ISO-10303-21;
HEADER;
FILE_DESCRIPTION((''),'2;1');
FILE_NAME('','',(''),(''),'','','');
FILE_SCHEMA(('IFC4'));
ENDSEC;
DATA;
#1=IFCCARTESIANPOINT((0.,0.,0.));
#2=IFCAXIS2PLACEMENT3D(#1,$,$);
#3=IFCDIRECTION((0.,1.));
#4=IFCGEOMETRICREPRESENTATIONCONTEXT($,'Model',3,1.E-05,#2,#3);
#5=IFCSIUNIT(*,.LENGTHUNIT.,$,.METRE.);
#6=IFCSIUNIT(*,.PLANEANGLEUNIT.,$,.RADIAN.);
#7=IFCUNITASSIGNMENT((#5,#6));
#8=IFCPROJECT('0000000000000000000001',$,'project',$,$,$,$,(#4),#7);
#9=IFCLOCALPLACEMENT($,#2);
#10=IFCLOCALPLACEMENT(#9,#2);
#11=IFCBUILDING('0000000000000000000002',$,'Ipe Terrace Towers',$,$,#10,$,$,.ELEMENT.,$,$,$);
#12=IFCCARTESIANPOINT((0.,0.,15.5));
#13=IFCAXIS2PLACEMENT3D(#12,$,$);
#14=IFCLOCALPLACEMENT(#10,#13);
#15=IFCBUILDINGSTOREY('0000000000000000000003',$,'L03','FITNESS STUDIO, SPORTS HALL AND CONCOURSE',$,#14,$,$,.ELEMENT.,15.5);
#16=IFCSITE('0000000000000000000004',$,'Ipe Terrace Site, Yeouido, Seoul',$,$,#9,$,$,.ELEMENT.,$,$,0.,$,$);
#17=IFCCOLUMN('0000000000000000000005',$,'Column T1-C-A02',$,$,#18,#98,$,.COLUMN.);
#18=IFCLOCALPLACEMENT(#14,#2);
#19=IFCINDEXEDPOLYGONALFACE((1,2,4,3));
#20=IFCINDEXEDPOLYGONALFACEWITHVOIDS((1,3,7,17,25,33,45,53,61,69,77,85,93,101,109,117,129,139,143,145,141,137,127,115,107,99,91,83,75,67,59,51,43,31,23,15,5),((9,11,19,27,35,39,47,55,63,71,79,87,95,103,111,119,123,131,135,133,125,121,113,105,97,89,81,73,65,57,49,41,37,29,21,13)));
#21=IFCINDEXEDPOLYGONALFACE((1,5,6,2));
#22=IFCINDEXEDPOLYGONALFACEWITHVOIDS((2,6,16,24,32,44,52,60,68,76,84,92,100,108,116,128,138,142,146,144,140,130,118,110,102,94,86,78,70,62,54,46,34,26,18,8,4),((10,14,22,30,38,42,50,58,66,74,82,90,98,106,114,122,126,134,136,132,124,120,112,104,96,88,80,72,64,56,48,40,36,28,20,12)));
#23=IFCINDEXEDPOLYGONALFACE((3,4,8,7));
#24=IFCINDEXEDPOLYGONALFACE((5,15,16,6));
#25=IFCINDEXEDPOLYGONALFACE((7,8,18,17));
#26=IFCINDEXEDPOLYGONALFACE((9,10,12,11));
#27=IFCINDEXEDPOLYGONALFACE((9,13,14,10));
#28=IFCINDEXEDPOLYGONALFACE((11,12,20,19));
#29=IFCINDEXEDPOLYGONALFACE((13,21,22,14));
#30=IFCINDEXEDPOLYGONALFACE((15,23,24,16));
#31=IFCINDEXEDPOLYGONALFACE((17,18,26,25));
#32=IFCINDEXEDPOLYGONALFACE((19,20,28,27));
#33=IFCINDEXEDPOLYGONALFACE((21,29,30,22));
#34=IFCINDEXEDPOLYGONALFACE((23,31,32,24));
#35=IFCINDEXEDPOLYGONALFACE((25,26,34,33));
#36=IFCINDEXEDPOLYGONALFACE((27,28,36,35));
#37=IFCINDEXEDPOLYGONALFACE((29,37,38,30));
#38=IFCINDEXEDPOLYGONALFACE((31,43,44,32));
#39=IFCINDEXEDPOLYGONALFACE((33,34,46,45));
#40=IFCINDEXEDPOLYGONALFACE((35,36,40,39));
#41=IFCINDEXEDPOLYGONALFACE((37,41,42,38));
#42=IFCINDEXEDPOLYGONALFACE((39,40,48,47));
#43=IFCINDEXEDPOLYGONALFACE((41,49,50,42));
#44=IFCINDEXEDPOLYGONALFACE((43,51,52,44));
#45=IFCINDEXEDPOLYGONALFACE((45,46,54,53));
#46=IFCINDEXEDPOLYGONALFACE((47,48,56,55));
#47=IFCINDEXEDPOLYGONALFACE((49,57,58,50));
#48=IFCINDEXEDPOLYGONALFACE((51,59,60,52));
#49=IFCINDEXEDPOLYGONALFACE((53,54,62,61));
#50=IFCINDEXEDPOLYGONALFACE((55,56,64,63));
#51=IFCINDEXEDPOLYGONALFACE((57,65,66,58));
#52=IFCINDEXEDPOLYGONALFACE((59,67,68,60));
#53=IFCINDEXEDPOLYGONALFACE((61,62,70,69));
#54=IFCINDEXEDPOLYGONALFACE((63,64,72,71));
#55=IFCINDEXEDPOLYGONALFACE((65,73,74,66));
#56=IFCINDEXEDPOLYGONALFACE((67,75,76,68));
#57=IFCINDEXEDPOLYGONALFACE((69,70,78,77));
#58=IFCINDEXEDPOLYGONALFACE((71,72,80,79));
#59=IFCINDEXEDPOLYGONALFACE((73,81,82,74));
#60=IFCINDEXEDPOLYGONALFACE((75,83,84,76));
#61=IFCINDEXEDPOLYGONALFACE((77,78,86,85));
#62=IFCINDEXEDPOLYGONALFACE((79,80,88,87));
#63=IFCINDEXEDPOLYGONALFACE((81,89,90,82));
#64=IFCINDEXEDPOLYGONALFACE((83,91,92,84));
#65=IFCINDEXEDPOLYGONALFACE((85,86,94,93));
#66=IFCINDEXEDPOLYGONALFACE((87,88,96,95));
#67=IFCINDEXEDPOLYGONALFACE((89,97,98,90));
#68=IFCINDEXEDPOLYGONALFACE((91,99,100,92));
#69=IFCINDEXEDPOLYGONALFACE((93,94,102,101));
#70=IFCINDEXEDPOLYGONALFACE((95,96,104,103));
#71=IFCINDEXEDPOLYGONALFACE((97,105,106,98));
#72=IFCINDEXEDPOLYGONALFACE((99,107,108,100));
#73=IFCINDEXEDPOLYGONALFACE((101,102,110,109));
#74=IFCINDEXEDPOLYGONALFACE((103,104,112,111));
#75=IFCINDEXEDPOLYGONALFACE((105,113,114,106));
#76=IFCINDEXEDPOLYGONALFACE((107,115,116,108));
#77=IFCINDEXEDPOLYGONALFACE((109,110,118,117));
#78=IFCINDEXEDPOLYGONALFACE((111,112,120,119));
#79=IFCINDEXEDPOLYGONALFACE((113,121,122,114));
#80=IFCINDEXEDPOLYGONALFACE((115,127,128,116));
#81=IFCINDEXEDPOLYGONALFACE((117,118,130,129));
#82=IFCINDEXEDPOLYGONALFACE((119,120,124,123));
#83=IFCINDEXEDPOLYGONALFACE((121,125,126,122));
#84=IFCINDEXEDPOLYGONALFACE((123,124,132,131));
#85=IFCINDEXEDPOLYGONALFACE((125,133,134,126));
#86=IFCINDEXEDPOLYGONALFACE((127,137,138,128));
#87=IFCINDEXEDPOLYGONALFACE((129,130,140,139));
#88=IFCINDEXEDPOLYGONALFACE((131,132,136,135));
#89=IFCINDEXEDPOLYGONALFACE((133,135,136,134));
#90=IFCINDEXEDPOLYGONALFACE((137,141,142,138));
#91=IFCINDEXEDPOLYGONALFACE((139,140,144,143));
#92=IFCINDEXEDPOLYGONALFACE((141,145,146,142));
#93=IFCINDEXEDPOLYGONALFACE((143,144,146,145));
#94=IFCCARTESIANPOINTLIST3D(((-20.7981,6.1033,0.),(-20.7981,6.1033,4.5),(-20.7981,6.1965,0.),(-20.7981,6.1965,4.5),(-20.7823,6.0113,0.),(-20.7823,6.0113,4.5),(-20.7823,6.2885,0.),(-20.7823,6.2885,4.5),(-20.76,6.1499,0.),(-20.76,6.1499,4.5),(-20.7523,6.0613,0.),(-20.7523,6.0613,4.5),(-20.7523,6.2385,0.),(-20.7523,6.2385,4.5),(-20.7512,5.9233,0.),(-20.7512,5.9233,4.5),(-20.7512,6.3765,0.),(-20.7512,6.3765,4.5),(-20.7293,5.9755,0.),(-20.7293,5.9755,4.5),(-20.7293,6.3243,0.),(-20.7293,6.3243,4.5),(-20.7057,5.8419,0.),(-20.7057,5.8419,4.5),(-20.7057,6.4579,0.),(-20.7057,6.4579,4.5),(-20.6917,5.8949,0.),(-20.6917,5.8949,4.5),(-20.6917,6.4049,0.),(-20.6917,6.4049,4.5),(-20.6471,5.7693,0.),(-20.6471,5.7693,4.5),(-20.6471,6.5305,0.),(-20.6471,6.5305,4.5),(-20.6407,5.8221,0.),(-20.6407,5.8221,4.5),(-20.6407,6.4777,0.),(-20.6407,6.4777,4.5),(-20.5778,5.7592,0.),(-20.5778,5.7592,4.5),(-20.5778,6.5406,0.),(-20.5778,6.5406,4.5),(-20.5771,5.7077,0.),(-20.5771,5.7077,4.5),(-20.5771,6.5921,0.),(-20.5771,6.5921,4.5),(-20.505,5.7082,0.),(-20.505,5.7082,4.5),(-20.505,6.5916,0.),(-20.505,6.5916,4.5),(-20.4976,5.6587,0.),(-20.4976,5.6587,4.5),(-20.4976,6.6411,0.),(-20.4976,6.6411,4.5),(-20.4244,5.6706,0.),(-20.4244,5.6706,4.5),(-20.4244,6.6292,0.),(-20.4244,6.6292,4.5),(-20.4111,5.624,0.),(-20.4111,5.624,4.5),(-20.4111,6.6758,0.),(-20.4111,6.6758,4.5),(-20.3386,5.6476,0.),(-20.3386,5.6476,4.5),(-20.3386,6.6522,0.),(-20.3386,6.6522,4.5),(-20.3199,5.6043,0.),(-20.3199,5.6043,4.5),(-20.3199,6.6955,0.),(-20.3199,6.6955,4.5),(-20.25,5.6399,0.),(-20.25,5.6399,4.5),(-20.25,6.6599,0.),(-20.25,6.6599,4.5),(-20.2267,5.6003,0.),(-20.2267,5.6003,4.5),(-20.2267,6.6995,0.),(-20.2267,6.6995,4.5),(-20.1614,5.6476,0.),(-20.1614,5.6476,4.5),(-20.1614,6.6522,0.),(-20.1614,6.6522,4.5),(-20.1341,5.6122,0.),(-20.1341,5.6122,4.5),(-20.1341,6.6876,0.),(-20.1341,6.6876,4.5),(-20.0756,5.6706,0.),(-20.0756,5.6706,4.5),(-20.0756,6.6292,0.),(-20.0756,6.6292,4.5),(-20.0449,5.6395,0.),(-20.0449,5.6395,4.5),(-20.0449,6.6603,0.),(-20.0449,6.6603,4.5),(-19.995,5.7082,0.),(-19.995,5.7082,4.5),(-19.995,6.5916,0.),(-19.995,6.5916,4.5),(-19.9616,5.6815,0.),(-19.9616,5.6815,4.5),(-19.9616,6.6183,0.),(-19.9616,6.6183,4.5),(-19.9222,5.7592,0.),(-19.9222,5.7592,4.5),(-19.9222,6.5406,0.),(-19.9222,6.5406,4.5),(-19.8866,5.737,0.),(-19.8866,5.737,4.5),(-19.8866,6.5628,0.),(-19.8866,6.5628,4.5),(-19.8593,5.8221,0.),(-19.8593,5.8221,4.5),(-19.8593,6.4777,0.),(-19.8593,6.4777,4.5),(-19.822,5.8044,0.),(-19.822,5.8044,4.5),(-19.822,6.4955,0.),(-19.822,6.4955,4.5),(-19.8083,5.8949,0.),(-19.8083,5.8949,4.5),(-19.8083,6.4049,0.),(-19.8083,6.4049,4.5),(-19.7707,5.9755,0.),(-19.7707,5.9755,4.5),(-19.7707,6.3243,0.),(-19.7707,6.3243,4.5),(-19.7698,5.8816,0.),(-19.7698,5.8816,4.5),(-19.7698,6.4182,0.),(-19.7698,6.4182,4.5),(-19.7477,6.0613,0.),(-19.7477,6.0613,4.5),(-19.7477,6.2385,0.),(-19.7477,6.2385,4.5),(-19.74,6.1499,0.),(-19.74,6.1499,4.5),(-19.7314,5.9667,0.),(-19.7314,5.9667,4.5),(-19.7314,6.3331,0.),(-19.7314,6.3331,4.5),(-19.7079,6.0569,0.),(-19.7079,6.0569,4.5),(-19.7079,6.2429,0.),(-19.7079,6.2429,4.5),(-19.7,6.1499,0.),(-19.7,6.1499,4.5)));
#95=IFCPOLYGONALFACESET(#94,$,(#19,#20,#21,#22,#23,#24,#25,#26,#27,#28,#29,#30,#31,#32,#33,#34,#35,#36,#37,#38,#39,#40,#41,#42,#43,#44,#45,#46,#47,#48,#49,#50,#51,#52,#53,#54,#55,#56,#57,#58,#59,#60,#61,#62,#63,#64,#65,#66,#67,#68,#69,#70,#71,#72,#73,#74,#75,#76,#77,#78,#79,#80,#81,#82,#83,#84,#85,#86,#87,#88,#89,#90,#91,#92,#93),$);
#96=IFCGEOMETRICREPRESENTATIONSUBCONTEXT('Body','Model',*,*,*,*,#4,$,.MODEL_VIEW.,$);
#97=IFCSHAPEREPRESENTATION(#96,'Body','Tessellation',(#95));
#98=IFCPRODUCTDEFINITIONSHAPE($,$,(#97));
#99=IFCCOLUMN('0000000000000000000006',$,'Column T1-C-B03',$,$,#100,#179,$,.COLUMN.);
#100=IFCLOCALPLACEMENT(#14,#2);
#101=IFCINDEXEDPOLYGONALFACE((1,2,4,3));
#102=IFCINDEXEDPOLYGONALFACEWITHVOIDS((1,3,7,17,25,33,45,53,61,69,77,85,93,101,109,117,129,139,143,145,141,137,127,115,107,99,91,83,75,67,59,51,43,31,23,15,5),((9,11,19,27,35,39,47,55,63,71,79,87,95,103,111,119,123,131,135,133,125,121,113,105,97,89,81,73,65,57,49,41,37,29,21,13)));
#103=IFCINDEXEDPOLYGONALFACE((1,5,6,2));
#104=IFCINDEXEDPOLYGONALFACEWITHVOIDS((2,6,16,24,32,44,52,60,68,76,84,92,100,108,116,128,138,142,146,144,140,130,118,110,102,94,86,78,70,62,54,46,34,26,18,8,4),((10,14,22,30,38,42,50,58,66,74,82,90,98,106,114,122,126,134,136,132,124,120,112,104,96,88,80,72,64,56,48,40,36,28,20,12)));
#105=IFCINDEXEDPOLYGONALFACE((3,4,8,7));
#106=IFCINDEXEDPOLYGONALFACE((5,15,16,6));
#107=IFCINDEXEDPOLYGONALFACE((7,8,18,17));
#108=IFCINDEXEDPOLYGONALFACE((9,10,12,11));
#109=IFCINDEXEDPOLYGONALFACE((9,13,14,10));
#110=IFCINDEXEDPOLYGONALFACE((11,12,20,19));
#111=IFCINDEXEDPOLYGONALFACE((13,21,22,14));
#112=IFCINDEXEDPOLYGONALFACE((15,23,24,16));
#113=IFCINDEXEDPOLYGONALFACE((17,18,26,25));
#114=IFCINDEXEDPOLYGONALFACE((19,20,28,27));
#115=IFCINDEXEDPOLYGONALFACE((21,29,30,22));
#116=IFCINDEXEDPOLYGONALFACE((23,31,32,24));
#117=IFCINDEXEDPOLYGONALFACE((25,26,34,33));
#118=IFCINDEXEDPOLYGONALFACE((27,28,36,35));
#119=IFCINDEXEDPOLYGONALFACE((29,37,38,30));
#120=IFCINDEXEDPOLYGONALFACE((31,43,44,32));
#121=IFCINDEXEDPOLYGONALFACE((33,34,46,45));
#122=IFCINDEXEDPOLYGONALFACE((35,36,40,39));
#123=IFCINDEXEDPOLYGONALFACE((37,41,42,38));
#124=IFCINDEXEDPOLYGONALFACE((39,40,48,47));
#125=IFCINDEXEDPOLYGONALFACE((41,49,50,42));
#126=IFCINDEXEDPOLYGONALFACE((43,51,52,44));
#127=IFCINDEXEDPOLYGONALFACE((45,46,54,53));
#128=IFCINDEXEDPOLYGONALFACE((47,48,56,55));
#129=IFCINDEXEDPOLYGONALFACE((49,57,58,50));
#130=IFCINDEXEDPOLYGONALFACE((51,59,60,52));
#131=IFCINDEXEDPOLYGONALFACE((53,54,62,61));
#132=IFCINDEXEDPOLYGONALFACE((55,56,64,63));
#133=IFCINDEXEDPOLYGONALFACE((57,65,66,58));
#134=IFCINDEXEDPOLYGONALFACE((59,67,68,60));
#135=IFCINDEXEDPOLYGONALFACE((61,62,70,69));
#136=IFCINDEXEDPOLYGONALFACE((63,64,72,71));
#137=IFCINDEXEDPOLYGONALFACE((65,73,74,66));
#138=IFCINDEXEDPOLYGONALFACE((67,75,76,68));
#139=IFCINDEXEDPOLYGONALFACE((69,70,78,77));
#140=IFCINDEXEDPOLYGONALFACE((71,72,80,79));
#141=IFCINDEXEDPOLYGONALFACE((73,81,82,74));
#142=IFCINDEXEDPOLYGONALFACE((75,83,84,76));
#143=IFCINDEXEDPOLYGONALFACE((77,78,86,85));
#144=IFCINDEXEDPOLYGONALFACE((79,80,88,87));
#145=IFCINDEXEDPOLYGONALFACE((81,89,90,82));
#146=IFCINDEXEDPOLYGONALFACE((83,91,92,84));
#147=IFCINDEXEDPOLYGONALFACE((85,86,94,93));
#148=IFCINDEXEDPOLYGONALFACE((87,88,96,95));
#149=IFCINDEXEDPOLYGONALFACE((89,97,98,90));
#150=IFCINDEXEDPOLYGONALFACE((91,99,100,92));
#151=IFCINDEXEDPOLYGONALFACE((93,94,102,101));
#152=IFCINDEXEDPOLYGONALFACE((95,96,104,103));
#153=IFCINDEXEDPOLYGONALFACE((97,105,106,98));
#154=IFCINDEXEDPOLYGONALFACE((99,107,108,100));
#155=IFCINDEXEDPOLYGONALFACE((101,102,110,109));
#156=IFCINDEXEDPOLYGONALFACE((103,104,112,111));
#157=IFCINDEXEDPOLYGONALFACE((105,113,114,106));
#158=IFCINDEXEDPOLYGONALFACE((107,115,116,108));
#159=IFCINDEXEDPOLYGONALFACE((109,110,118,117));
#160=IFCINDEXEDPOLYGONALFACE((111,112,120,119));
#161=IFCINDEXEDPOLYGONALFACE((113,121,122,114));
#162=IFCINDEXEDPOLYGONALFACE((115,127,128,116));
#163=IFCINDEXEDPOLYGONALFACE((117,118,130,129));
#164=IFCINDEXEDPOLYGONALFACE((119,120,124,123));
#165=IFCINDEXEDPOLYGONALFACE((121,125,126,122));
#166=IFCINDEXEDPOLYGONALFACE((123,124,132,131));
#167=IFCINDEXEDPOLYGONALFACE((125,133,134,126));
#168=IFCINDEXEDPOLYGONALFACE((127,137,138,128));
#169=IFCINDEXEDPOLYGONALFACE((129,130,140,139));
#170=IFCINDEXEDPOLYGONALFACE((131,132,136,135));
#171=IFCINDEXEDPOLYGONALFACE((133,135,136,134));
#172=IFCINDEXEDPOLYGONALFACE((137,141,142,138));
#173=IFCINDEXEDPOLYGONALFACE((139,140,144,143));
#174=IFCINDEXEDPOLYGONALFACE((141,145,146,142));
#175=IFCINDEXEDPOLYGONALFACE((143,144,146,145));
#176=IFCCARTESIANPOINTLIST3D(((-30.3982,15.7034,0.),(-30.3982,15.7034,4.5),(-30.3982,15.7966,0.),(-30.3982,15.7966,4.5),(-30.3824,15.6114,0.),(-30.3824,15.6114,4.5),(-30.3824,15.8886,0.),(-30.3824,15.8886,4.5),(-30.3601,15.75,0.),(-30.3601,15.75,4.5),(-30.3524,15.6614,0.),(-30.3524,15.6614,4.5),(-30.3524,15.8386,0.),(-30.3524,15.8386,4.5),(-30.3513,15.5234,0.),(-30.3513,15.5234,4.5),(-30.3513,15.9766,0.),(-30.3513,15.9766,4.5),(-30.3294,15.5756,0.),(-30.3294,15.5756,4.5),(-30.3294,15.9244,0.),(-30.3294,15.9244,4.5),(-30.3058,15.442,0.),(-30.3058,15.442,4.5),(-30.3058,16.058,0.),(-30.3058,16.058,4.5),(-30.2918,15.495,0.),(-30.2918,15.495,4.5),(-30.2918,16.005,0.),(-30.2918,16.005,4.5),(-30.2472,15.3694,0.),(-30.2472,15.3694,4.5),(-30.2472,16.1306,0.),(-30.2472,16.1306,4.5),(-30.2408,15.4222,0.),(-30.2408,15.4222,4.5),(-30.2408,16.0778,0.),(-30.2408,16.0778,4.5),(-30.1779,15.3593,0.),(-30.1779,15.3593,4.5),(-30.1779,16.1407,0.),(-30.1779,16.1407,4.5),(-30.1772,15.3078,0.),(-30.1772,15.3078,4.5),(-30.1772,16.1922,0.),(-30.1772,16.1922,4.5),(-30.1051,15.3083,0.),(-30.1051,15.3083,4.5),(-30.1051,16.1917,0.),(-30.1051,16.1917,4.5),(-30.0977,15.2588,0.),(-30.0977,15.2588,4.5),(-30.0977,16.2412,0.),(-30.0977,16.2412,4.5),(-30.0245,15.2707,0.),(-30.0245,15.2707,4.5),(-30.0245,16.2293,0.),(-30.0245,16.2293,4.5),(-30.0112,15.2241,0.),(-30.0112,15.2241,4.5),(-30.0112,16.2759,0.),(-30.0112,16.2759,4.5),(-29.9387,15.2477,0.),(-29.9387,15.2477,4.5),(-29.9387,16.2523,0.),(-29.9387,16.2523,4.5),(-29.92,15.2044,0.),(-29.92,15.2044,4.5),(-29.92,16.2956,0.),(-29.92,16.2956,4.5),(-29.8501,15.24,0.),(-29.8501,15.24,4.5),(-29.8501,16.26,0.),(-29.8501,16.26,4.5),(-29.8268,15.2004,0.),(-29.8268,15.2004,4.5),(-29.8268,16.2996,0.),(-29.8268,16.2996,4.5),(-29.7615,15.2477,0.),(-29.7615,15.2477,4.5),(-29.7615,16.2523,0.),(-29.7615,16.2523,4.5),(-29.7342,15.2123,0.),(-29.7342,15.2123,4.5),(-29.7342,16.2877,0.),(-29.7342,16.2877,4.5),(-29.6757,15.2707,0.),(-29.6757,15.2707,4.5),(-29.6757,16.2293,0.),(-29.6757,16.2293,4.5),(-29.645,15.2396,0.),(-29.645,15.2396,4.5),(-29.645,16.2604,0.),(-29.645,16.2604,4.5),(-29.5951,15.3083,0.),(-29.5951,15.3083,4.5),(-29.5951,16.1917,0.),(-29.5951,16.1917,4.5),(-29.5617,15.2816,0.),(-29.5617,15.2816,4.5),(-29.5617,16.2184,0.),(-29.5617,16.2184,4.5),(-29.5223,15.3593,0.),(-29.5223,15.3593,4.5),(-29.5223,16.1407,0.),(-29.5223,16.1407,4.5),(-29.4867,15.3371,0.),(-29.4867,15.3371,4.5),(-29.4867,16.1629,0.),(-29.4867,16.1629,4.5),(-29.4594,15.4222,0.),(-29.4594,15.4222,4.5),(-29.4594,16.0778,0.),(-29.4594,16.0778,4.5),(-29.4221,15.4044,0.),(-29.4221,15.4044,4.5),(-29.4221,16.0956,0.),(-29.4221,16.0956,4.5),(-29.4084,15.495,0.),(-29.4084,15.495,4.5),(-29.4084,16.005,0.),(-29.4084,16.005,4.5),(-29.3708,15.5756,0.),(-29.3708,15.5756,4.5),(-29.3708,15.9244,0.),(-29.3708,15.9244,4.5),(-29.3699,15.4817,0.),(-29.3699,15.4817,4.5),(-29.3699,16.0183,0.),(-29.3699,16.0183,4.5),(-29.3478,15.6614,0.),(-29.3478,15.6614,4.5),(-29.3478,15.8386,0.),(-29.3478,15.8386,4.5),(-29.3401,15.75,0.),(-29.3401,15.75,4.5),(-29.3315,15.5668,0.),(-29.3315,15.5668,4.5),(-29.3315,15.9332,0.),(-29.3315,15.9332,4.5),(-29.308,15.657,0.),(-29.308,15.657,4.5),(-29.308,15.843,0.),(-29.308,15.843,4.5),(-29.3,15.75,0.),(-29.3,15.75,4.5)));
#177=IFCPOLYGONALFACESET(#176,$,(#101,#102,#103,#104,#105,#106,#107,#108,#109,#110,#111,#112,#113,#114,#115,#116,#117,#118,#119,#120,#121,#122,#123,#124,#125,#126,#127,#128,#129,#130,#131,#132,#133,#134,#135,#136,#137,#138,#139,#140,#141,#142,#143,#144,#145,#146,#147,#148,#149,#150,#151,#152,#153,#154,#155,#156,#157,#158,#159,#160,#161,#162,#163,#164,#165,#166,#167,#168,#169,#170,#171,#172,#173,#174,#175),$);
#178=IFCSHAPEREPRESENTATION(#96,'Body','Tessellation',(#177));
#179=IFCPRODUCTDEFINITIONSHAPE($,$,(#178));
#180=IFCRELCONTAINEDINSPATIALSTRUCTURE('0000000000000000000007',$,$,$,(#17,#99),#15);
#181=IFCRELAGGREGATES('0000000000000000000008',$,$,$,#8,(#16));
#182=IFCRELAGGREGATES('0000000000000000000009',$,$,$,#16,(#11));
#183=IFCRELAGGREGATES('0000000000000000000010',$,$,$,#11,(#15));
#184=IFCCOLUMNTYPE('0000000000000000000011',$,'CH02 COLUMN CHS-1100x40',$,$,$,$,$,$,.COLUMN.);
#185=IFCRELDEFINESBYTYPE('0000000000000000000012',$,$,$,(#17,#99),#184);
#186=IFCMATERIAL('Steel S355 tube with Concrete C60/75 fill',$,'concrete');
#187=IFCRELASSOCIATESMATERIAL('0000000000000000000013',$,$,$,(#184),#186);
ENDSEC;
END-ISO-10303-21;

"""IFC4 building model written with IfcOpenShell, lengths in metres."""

from ifc_helpers import new_model, si_unit, direction, frame, origin, origin_2d, place, context, subcontext, project, spatial, hollow_circle, extrude, material, material_profile, profile_set, type_object, element, save


model = new_model("IFC4")

# Units and contexts
model_context = context("Model", 3, precision=1e-05, world=origin(), true_north=direction((0.0, 1.0)))
body_context = subcontext(model_context, "Body", "Model", "MODEL_VIEW")
ifc_project = project(units=[si_unit("LENGTHUNIT", "METRE"), si_unit("PLANEANGLEUNIT", "RADIAN")], contexts=[model_context])

# Site, building, storey
site_placement = place(None, origin())
site = spatial("IfcSite", under=ifc_project, at=site_placement, Name="Ipe Terrace Site, Yeouido, Seoul", CompositionType="ELEMENT", RefElevation=0.0)
building_placement = place(site_placement, origin())
building = spatial("IfcBuilding", under=site, at=building_placement, Name="Ipe Terrace Towers", CompositionType="ELEMENT")
storey_placement = place(building_placement, frame((0.0, 0.0, 15.5)))
storey = spatial("IfcBuildingStorey", under=building, at=storey_placement, Name="L03", Description="FITNESS STUDIO, SPORTS HALL AND CONCOURSE", CompositionType="ELEMENT", Elevation=15.5)

# Columns
ifc_material_1 = material(Name="Steel S355 tube with Concrete C60/75 fill", Category="concrete")
ifc_material_profile_1 = material_profile(ifc_material_1, hollow_circle(Radius=0.55, WallThickness=0.04, at=origin_2d()), Name="CHS-1100x40")
ifc_profile_set_1 = profile_set([ifc_material_profile_1], Name="Steel S355 tube with Concrete C60/75 fill")
column_type_1 = type_object("IfcColumnType", Name="CH02 COLUMN CHS-1100x40", PredefinedType="COLUMN", material=ifc_profile_set_1)
for number, where, z_axis, x_axis, name in (
    (1, (-20.25, 6.1499, 0.0), (0.0, 0.0, 1.0), (1.0, 0.0, 0.0), "Column T1-C-A02"),
    (2, (-29.8501, 15.75, 0.0), (0.0, 0.0, 1.0), (1.0, 0.0, 0.0), "Column T1-C-B03"),
):
    element("IfcColumn", number, at=place(storey_placement, frame(where, z_axis=z_axis, x_axis=x_axis)), inside=storey, type_object=column_type_1, Name=name, PredefinedType="COLUMN", context=body_context, shape_type="SweptSolid", body=[
        extrude(hollow_circle(Radius=0.55, WallThickness=0.04, at=origin_2d()), origin(), (0.0, 0.0, 1.0), 4.5),
    ])

save(model, "model.ifc")
